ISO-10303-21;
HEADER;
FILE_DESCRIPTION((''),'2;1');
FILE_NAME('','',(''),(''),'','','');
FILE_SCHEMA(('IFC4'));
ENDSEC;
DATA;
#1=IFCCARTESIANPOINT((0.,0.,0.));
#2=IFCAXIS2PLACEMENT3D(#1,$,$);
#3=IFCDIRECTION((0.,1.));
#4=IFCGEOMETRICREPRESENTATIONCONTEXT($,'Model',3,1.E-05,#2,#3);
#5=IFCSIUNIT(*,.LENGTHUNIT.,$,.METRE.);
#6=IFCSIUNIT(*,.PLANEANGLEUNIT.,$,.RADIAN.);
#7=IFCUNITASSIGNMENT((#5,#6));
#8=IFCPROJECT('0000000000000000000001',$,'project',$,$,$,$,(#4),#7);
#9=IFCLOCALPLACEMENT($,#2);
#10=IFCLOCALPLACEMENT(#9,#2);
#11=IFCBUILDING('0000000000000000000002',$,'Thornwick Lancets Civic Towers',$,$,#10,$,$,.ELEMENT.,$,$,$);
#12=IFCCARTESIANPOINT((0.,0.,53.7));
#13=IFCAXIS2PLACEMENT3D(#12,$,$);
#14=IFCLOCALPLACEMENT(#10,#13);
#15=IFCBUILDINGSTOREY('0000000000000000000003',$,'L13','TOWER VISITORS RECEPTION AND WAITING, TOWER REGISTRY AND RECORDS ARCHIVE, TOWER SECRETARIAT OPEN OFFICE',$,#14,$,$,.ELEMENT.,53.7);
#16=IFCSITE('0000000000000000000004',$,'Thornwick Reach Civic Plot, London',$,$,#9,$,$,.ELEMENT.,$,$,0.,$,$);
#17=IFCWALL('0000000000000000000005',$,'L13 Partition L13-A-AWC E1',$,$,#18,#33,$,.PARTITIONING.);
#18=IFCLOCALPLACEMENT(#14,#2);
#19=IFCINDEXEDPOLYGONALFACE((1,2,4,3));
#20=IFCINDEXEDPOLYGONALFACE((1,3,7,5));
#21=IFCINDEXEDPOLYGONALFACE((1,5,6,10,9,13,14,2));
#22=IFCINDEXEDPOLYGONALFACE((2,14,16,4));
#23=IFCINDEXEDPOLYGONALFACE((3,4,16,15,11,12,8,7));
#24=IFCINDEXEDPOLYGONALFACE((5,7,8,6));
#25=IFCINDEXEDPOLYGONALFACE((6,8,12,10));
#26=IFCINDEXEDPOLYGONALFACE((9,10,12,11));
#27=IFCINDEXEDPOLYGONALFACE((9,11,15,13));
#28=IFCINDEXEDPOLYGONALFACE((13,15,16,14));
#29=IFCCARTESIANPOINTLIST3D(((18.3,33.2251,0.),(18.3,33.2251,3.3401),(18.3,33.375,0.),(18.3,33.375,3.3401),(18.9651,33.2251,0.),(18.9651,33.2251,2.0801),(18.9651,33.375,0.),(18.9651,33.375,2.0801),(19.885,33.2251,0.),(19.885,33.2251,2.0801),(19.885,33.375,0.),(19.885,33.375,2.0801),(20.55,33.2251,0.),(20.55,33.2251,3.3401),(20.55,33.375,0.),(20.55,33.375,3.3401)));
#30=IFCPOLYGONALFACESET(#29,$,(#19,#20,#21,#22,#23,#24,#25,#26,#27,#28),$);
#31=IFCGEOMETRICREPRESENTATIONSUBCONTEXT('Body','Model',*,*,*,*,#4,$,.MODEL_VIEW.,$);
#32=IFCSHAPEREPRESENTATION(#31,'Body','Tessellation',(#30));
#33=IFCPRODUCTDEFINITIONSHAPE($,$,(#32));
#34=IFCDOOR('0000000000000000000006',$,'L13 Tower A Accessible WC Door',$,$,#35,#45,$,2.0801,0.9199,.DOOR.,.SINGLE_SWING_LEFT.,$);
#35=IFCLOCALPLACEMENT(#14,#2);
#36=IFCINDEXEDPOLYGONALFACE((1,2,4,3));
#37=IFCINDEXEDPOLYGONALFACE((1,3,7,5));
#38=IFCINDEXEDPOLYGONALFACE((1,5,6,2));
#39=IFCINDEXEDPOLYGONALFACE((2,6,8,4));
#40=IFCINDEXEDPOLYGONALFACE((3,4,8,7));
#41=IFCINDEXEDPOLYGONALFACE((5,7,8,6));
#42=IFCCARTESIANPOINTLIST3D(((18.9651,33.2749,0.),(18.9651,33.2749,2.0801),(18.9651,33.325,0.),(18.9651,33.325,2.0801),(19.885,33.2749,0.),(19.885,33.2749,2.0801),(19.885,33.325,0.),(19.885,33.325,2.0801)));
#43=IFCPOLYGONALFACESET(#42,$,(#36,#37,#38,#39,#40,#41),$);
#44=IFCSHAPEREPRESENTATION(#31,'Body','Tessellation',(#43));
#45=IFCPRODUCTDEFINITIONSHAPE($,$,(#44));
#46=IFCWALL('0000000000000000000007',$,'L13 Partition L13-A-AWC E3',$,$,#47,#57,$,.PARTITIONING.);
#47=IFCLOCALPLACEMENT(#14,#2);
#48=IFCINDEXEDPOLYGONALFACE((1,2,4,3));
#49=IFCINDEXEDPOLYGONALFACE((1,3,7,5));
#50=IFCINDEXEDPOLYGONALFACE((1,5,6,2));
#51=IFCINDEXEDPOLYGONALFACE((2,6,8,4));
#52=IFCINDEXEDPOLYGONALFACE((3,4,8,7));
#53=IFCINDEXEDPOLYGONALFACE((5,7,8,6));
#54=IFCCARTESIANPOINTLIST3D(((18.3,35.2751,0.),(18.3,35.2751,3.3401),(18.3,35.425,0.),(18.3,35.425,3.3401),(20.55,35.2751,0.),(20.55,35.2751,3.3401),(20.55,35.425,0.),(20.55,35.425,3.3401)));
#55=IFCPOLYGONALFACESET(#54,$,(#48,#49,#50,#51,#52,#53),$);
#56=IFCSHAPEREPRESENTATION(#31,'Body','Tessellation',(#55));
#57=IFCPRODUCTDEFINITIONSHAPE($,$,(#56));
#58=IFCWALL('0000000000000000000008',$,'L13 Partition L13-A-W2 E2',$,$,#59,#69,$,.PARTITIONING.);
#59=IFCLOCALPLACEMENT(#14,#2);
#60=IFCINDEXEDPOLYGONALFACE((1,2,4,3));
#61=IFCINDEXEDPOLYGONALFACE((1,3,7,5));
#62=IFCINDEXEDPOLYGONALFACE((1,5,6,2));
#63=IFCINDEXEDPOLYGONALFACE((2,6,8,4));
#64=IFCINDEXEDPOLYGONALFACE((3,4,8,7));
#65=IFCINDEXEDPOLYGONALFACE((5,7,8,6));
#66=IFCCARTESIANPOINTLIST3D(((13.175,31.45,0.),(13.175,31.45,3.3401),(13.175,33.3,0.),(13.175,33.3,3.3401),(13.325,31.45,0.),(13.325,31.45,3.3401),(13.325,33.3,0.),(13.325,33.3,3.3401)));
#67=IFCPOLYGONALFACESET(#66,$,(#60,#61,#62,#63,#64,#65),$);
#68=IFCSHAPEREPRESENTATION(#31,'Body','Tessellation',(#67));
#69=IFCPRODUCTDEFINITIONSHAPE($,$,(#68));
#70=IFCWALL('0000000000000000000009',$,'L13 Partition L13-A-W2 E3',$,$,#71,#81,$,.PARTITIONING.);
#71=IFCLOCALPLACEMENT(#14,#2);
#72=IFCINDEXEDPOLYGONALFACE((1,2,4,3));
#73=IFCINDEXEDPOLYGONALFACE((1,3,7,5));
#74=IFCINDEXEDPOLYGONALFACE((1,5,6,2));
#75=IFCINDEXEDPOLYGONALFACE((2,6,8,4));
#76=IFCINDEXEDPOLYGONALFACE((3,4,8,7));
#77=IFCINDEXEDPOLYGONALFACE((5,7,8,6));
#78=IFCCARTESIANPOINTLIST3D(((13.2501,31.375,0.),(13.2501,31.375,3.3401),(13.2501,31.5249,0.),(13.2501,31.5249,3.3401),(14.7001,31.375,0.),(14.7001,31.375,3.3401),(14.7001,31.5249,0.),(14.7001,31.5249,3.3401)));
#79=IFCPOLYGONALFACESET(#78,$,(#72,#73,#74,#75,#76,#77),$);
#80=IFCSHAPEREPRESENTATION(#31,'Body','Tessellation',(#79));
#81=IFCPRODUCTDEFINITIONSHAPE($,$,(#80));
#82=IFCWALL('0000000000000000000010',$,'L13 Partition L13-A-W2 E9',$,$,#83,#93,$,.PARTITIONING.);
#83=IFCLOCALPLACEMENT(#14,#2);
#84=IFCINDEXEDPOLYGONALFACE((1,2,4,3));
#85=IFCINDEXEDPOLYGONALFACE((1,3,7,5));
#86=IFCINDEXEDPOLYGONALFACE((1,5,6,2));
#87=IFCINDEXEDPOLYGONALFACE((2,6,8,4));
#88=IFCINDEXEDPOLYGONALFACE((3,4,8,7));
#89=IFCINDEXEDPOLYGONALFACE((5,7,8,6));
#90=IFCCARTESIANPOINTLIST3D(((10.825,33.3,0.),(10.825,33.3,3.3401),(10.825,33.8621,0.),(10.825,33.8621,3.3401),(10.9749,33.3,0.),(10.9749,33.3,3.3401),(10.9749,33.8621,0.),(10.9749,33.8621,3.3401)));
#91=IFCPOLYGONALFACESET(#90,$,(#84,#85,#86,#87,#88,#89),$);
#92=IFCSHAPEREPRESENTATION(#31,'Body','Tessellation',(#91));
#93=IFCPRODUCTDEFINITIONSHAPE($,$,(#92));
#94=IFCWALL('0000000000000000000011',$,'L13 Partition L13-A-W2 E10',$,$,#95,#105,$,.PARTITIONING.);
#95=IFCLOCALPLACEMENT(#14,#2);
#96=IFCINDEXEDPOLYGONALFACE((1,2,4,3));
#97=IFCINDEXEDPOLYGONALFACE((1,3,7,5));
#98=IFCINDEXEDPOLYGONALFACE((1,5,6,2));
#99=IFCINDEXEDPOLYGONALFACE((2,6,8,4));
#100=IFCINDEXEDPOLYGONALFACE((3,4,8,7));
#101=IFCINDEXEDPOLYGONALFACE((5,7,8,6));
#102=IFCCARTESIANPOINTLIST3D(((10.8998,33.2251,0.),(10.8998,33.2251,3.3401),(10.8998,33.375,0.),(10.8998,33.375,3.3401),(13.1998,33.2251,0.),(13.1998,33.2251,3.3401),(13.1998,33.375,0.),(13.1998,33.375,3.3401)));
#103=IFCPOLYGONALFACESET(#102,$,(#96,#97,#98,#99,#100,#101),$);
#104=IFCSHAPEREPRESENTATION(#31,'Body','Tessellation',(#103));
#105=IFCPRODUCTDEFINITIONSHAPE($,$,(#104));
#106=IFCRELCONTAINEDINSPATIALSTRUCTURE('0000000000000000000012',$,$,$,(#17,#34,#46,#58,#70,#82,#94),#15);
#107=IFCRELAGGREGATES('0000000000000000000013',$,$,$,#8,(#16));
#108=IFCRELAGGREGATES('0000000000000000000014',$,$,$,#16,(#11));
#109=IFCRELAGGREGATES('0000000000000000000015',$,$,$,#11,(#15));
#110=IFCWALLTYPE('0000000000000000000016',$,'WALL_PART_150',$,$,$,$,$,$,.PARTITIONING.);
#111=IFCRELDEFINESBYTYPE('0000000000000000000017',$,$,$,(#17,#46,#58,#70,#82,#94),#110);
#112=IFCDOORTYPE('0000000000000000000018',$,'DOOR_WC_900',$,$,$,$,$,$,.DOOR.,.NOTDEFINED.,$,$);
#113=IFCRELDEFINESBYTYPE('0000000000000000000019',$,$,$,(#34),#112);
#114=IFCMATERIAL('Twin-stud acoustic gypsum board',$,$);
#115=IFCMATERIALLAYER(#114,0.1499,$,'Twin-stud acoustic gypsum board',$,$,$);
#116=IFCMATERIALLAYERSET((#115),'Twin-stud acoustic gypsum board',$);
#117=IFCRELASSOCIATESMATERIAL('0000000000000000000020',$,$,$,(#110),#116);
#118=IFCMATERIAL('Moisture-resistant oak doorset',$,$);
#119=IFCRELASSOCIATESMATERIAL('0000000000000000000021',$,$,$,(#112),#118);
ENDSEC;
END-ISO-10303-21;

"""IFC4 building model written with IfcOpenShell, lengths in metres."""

from ifc_helpers import new_model, si_unit, direction, frame, frame_2d, origin, place, context, subcontext, project, spatial, rectangle, extrude, material, layer, layer_set, type_object, element, fill, save


model = new_model("IFC4")

# Units and contexts
model_context = context("Model", 3, precision=1e-05, world=origin(), true_north=direction((0.0, 1.0)))
body_context = subcontext(model_context, "Body", "Model", "MODEL_VIEW")
ifc_project = project(units=[si_unit("LENGTHUNIT", "METRE"), si_unit("PLANEANGLEUNIT", "RADIAN")], contexts=[model_context])

# Site, building, storey
site_placement = place(None, origin())
site = spatial("IfcSite", under=ifc_project, at=site_placement, Name="Thornwick Reach Civic Plot, London", CompositionType="ELEMENT", RefElevation=0.0)
building_placement = place(site_placement, origin())
building = spatial("IfcBuilding", under=site, at=building_placement, Name="Thornwick Lancets Civic Towers", CompositionType="ELEMENT")
storey_placement = place(building_placement, frame((0.0, 0.0, 53.7)))
storey = spatial("IfcBuildingStorey", under=building, at=storey_placement, Name="L13", Description="TOWER VISITORS RECEPTION AND WAITING, TOWER REGISTRY AND RECORDS ARCHIVE, TOWER SECRETARIAT OPEN OFFICE", CompositionType="ELEMENT", Elevation=53.7)

# Wall, opening, door
ifc_material_1 = material(Name="Twin-stud acoustic gypsum board")
ifc_layer_1 = layer(ifc_material_1, 0.1499, Name="Twin-stud acoustic gypsum board")
ifc_layer_set_1 = layer_set([ifc_layer_1], Name="Twin-stud acoustic gypsum board")
wall_type_1 = type_object("IfcWallType", Name="WALL_PART_150", PredefinedType="PARTITIONING", material=ifc_layer_set_1)
wall_1_placement = place(storey_placement, frame((18.3, 33.3, 0.0), z_axis=(0.0, 0.0, 1.0), x_axis=(1.0, 0.0, 0.0)))
wall_1 = element("IfcWall", 1, at=wall_1_placement, inside=storey, type_object=wall_type_1, Name="L13 Partition L13-A-AWC E1", PredefinedType="PARTITIONING", context=body_context, shape_type="SweptSolid", body=[
    extrude(rectangle(XDim=2.25, YDim=0.1499, at=frame_2d((1.125, 0.0))), origin(), (0.0, 0.0, 1.0), 3.3401),
])
opening_1_placement = place(wall_1_placement, frame((0.665, 0.0, 0.0)))
opening_1 = element("IfcOpeningElement", 2, at=opening_1_placement, cuts=wall_1, PredefinedType="OPENING", context=body_context, shape_type="SweptSolid", body=[
    extrude(rectangle(XDim=0.9199, YDim=2.0801, at=frame_2d((0.46, 1.04))), frame((0.0, 0.085, 0.0), z_axis=(0.0, -1.0, 0.0), x_axis=(1.0, 0.0, 0.0)), (0.0, 0.0, 1.0), 0.1699),
])
ifc_material_2 = material(Name="Moisture-resistant oak doorset")
door_type_1 = type_object("IfcDoorType", Name="DOOR_WC_900", OperationType="NOTDEFINED", PredefinedType="DOOR", material=ifc_material_2)
door_1_placement = place(opening_1_placement, origin())
door_1 = element("IfcDoor", 3, at=door_1_placement, inside=storey, type_object=door_type_1, Name="L13 Tower A Accessible WC Door", OperationType="SINGLE_SWING_LEFT", OverallHeight=2.0801, OverallWidth=0.9199, PredefinedType="DOOR", context=body_context, shape_type="SweptSolid", body=[
    extrude(rectangle(XDim=0.9199, YDim=2.0801, at=frame_2d((0.46, 1.04))), frame((0.0, 0.0249, 0.0), z_axis=(0.0, -1.0, 0.0), x_axis=(1.0, 0.0, 0.0)), (0.0, 0.0, 1.0), 0.05),
])
fill(opening_1, door_1)

# Walls
wall_2_placement = place(storey_placement, frame((20.55, 35.3501, 0.0), z_axis=(0.0, 0.0, 1.0), x_axis=(-1.0, 0.0, 0.0)))
element("IfcWall", 4, at=wall_2_placement, inside=storey, type_object=wall_type_1, Name="L13 Partition L13-A-AWC E3", PredefinedType="PARTITIONING", context=body_context, shape_type="SweptSolid", body=[
    extrude(rectangle(XDim=2.25, YDim=0.1499, at=frame_2d((1.125, 0.0))), origin(), (0.0, 0.0, 1.0), 3.3401),
])
wall_3_placement = place(storey_placement, frame((13.25, 33.3, 0.0), z_axis=(0.0, 0.0, 1.0), x_axis=(0.0, -1.0, 0.0)))
element("IfcWall", 5, at=wall_3_placement, inside=storey, type_object=wall_type_1, Name="L13 Partition L13-A-W2 E2", PredefinedType="PARTITIONING", context=body_context, shape_type="SweptSolid", body=[
    extrude(rectangle(XDim=1.8501, YDim=0.1499, at=frame_2d((0.925, 0.0))), origin(), (0.0, 0.0, 1.0), 3.3401),
])
wall_4_placement = place(storey_placement, frame((13.25, 31.45, 0.0), z_axis=(0.0, 0.0, 1.0), x_axis=(1.0, 0.0, 0.0)))
element("IfcWall", 6, at=wall_4_placement, inside=storey, type_object=wall_type_1, Name="L13 Partition L13-A-W2 E3", PredefinedType="PARTITIONING", context=body_context, shape_type="SweptSolid", body=[
    extrude(rectangle(XDim=1.45, YDim=0.1499, at=frame_2d((0.7251, 0.0))), origin(), (0.0, 0.0, 1.0), 3.3401),
])

# Walls
wall_5_placement = place(storey_placement, frame((10.8999, 33.8621, 0.0), z_axis=(0.0, 0.0, 1.0), x_axis=(0.0, -1.0, 0.0)))
element("IfcWall", 7, at=wall_5_placement, inside=storey, type_object=wall_type_1, Name="L13 Partition L13-A-W2 E9", PredefinedType="PARTITIONING", context=body_context, shape_type="SweptSolid", body=[
    extrude(rectangle(XDim=0.562, YDim=0.1499, at=frame_2d((0.281, 0.0))), origin(), (0.0, 0.0, 1.0), 3.3401),
])
wall_6_placement = place(storey_placement, frame((10.8999, 33.3, 0.0), z_axis=(0.0, 0.0, 1.0), x_axis=(1.0, 0.0, 0.0)))
element("IfcWall", 8, at=wall_6_placement, inside=storey, type_object=wall_type_1, Name="L13 Partition L13-A-W2 E10", PredefinedType="PARTITIONING", context=body_context, shape_type="SweptSolid", body=[
    extrude(rectangle(XDim=2.3, YDim=0.1499, at=frame_2d((1.1499, 0.0))), origin(), (0.0, 0.0, 1.0), 3.3401),
])

save(model, "model.ifc")
